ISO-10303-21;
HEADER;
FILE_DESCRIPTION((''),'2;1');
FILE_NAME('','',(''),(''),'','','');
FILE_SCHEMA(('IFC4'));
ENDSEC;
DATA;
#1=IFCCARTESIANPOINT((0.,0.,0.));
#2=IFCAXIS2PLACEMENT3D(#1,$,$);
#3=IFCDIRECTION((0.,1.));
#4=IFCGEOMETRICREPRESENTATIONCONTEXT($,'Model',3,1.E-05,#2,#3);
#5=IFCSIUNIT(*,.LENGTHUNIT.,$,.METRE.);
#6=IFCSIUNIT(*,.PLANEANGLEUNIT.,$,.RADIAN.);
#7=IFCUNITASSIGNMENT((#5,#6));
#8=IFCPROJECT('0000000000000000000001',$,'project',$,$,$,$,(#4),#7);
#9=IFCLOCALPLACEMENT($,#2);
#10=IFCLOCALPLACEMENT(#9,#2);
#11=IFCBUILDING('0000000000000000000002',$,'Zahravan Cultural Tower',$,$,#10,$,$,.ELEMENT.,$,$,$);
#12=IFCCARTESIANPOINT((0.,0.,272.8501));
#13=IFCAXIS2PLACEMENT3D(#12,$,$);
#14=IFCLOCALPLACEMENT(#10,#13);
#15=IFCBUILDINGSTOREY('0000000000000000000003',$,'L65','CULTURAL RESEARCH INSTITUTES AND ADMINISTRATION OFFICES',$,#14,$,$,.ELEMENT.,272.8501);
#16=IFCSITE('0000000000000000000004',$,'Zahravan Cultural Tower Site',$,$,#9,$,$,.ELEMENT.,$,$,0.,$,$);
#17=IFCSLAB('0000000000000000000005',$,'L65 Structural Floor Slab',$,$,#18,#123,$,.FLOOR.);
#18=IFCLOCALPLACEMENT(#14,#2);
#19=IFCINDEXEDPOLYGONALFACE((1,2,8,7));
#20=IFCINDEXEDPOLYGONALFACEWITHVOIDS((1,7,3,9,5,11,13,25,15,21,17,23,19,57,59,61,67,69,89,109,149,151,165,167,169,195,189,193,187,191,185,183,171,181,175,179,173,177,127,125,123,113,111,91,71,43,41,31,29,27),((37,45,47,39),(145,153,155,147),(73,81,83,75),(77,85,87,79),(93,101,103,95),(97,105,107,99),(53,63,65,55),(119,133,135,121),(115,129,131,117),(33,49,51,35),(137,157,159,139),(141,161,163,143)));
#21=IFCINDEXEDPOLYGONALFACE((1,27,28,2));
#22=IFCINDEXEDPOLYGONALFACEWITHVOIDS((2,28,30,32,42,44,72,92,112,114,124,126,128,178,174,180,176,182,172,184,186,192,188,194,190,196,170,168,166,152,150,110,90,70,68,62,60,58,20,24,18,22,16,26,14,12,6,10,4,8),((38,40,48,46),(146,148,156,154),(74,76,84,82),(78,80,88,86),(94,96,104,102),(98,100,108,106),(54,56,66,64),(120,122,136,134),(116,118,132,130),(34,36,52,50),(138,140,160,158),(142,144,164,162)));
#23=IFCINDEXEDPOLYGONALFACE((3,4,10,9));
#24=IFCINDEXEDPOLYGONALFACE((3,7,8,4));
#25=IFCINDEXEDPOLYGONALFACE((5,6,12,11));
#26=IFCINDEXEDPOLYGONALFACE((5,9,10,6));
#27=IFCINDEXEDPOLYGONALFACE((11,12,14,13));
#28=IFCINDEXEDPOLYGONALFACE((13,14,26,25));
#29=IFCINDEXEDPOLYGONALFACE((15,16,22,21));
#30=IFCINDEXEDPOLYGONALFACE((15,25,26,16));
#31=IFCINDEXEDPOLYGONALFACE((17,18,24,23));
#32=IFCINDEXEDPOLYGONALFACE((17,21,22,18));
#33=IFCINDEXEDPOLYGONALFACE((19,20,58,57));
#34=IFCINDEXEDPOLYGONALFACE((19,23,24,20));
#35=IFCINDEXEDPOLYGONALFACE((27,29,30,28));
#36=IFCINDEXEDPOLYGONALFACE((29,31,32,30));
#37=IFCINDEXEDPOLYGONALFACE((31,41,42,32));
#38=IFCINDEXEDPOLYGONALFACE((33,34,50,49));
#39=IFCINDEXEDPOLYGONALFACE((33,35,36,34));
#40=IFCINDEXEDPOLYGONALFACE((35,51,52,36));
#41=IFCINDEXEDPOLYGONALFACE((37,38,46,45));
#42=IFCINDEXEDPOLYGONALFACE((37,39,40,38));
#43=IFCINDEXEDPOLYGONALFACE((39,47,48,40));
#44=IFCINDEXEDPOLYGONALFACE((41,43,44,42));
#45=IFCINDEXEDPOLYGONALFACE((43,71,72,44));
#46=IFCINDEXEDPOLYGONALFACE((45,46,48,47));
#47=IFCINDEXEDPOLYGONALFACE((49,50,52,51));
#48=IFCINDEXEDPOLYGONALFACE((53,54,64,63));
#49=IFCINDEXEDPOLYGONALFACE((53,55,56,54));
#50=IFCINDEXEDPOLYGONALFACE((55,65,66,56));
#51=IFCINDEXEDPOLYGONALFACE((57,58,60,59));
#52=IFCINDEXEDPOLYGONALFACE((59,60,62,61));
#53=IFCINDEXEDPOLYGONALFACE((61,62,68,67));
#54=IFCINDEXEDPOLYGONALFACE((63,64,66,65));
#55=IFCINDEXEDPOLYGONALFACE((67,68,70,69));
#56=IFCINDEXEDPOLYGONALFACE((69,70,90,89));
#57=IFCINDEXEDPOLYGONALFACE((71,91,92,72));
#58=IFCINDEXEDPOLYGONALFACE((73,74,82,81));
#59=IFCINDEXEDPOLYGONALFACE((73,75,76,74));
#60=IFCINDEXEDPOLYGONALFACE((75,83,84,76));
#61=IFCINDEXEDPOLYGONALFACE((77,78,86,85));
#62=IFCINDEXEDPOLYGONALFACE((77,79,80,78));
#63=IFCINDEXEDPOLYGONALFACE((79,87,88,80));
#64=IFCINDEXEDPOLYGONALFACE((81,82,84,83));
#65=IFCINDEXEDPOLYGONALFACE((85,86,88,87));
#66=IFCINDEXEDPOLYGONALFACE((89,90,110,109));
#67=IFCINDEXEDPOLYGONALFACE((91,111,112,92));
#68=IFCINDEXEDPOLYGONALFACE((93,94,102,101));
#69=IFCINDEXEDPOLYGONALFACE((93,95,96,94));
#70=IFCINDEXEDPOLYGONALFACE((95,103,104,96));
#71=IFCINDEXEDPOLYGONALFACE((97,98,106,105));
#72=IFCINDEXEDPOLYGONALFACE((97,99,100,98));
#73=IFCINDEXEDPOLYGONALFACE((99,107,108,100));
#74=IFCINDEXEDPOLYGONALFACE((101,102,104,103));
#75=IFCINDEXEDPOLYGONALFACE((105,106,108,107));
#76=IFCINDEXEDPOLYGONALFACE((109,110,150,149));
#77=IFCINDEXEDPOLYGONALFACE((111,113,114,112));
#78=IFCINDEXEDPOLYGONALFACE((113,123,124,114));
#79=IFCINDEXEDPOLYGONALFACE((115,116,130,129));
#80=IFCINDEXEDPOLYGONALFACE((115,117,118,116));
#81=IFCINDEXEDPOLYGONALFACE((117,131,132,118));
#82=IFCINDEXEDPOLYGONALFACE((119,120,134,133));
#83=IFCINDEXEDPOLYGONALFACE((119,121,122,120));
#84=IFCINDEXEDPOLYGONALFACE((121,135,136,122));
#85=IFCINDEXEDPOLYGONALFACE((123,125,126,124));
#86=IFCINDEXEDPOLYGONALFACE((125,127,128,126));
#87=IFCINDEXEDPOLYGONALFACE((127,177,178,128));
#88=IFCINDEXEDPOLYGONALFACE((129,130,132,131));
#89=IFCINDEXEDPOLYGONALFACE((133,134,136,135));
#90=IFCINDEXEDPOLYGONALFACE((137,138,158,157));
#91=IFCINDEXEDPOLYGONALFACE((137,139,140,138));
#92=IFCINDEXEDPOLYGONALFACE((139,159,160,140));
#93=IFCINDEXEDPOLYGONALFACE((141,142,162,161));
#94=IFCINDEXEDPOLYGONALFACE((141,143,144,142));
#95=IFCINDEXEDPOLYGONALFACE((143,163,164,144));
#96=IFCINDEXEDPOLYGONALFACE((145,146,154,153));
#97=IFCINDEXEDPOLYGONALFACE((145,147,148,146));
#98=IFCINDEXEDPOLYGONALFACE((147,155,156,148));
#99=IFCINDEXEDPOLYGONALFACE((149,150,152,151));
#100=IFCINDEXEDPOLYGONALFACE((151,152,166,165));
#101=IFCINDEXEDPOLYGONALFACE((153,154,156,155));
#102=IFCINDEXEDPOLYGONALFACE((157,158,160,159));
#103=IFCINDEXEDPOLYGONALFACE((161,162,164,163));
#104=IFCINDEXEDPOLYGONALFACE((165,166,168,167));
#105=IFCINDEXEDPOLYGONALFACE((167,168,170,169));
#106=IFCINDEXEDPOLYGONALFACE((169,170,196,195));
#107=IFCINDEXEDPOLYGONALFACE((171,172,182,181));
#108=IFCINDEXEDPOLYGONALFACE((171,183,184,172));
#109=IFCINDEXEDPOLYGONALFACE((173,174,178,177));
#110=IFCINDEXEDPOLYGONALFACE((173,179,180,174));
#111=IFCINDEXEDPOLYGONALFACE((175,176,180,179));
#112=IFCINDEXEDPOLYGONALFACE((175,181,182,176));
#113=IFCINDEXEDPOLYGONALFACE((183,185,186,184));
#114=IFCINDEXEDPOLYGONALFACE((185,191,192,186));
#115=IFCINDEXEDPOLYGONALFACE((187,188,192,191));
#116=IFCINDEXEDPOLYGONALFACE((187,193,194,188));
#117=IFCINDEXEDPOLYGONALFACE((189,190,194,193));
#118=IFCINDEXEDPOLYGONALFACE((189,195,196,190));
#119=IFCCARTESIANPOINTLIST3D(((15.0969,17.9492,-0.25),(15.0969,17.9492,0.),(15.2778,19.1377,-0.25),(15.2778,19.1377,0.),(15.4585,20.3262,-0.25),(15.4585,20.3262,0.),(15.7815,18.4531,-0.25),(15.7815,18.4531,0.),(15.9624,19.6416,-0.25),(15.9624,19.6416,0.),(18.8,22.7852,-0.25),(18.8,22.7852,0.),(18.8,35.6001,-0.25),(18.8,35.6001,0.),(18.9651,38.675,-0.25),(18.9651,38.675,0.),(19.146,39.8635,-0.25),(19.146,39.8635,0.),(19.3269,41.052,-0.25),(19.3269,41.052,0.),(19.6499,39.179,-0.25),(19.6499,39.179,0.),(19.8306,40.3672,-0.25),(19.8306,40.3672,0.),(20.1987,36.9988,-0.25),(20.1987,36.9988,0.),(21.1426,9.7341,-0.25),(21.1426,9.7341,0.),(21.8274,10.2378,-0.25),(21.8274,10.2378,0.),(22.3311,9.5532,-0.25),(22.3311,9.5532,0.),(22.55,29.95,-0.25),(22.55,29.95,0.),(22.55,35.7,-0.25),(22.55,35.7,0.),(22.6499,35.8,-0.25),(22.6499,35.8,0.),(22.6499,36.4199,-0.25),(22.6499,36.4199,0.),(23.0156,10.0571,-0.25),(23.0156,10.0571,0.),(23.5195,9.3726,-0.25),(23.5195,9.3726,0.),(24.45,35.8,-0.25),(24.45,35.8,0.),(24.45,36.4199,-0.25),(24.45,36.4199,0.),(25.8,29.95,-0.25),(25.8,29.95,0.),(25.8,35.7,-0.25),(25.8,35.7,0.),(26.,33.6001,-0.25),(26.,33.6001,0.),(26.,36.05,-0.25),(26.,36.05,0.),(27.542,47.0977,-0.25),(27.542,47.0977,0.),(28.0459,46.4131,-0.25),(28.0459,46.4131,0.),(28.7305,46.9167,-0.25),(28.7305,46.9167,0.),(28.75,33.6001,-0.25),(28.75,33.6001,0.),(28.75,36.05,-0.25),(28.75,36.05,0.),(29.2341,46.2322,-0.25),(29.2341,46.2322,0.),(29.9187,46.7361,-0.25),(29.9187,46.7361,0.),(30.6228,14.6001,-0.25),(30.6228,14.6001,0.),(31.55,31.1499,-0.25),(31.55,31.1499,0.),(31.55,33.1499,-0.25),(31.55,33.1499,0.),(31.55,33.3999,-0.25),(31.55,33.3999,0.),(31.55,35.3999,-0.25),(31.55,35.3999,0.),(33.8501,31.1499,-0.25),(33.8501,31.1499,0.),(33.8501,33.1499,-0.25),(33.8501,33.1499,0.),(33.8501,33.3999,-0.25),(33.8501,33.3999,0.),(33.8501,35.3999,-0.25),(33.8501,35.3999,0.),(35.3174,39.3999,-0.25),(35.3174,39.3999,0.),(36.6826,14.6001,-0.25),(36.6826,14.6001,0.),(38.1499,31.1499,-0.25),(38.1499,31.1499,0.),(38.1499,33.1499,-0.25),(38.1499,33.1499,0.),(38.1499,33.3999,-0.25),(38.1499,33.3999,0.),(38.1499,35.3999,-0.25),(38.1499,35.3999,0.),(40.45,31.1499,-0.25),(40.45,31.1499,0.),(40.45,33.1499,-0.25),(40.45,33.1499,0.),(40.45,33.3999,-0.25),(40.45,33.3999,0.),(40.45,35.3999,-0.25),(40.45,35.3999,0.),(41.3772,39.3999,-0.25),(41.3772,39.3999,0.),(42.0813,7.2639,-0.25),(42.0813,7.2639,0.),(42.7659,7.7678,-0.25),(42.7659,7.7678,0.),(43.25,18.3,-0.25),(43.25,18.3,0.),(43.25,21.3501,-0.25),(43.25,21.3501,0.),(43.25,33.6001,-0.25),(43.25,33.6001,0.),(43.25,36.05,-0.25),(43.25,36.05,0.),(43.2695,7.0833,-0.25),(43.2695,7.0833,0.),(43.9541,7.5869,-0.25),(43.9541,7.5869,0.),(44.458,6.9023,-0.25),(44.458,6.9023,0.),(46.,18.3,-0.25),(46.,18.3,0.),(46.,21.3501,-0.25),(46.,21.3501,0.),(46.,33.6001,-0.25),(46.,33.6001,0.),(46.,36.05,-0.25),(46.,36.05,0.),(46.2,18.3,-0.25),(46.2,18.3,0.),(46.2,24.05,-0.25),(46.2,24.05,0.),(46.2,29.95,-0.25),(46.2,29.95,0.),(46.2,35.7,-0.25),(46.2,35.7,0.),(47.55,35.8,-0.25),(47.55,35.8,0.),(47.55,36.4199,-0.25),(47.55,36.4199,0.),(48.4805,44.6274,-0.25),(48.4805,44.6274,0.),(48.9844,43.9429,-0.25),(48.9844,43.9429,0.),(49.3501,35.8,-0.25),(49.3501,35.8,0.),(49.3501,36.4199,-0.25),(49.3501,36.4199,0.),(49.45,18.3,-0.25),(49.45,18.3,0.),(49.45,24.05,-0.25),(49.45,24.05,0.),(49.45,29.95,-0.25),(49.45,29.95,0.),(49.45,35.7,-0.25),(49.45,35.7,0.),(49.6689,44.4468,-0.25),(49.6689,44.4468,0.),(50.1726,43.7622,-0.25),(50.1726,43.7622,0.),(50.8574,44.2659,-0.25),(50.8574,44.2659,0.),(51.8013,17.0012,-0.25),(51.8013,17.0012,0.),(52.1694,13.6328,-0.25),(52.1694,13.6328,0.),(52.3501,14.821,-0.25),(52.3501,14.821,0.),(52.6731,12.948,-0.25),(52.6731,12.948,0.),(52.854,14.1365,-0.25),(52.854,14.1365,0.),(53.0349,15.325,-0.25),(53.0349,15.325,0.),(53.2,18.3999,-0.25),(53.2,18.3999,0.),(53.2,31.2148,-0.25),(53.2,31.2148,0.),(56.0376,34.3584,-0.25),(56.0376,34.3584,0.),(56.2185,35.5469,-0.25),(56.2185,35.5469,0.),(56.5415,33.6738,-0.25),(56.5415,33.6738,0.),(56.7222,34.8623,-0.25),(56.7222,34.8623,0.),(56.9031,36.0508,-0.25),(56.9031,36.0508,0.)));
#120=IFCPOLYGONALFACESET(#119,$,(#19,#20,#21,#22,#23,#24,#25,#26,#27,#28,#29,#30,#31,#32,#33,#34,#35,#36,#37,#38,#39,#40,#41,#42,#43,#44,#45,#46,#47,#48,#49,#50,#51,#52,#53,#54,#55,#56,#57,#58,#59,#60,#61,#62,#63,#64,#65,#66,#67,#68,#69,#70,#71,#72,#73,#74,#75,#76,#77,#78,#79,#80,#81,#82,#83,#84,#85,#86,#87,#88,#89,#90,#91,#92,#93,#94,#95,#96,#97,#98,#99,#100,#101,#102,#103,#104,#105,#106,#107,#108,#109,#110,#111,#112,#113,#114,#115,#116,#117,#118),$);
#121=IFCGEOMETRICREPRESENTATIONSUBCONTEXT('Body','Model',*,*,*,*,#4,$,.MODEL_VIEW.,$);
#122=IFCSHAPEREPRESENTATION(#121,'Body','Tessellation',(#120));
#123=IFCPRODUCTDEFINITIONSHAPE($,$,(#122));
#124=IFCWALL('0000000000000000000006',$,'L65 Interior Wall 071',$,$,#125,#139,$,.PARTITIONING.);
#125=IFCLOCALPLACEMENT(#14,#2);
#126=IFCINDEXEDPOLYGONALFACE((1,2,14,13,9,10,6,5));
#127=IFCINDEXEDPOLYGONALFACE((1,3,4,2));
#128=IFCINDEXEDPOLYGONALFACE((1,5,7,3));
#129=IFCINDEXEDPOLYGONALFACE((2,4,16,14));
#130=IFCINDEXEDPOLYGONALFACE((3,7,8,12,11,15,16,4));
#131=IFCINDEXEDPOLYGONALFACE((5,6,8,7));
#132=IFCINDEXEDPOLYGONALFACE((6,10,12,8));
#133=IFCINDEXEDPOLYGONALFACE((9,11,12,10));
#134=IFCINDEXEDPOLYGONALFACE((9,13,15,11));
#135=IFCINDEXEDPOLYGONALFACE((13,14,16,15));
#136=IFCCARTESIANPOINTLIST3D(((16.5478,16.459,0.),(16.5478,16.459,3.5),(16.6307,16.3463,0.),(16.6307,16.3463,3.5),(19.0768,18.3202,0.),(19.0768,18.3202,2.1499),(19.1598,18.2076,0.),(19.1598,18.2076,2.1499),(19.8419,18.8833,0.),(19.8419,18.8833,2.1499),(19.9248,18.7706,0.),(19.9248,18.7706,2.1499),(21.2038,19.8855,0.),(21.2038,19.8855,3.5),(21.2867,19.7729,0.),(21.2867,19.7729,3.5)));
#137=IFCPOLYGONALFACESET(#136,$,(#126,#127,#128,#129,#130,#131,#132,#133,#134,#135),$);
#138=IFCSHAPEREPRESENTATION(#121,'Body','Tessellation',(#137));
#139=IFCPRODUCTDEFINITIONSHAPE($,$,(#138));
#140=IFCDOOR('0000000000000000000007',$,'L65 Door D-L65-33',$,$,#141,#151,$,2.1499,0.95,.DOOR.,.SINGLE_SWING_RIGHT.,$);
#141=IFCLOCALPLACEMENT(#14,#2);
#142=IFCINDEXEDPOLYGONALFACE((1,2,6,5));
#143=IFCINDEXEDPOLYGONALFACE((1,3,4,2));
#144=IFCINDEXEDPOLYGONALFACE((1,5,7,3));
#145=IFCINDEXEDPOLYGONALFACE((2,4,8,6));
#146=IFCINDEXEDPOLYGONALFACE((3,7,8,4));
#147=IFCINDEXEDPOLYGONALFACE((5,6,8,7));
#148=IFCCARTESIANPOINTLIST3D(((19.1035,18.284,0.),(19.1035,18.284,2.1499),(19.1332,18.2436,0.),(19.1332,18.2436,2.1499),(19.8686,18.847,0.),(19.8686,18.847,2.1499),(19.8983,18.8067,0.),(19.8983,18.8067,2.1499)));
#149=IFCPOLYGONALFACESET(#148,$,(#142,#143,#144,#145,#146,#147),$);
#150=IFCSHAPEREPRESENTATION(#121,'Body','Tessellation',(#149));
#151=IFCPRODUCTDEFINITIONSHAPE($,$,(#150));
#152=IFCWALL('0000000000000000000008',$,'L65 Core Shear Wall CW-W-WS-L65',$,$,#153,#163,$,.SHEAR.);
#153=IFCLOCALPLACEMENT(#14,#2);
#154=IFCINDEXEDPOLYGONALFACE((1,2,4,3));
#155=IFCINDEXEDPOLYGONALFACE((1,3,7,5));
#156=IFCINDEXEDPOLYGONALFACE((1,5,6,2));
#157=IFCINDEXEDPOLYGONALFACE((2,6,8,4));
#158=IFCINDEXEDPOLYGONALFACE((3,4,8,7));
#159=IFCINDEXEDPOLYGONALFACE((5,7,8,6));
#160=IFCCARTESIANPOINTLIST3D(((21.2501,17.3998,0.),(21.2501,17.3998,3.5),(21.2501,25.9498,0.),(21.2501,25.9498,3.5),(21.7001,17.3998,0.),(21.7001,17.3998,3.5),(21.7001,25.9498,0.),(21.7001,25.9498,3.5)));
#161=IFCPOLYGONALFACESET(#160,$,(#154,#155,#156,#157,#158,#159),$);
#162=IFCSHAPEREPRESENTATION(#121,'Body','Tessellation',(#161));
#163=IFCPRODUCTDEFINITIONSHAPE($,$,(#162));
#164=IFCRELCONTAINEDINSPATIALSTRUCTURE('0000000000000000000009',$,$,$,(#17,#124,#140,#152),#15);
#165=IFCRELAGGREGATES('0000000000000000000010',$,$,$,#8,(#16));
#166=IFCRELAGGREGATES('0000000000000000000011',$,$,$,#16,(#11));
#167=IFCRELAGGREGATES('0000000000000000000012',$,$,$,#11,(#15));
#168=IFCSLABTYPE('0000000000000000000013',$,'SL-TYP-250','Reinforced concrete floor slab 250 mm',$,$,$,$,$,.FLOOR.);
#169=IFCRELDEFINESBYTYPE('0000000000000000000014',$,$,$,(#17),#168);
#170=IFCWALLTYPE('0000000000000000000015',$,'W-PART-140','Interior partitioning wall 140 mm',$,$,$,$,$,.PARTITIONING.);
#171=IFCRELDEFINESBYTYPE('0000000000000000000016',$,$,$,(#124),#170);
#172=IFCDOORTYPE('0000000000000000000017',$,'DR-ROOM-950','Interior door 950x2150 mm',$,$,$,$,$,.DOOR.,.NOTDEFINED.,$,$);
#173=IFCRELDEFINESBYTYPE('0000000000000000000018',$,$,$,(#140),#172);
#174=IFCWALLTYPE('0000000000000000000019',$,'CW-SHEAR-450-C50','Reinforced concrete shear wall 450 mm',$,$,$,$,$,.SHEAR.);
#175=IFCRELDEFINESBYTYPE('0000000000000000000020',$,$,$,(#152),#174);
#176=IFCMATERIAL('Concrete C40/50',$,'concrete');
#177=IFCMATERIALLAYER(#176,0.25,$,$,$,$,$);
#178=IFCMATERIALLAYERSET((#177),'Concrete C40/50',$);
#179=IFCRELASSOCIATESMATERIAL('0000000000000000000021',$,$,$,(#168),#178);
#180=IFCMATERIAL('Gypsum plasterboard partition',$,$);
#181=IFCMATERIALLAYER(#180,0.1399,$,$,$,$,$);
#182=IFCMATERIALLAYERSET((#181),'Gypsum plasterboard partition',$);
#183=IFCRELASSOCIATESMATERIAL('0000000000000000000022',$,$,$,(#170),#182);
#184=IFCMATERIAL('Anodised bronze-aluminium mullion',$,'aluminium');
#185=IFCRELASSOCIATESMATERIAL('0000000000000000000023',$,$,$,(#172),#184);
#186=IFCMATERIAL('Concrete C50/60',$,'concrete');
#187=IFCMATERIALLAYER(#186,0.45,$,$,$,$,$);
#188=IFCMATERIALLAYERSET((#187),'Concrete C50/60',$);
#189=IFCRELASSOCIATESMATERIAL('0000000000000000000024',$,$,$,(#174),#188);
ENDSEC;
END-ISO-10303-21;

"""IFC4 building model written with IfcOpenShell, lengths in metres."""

from ifc_helpers import new_model, si_unit, direction, frame, frame_2d, origin, place, context, subcontext, project, spatial, polyline, rectangle, outline, extrude, source, transform, mapped, material, layer, layer_set, type_object, element, fill, save


model = new_model("IFC4")

# Units and contexts
model_context = context("Model", 3, precision=1e-05, world=origin(), true_north=direction((0.0, 1.0)))
body_context = subcontext(model_context, "Body", "Model", "MODEL_VIEW")
ifc_project = project(units=[si_unit("LENGTHUNIT", "METRE"), si_unit("PLANEANGLEUNIT", "RADIAN")], contexts=[model_context])

# Site, building, storey
site_placement = place(None, origin())
site = spatial("IfcSite", under=ifc_project, at=site_placement, Name="Zahravan Cultural Tower Site", CompositionType="ELEMENT", RefElevation=0.0)
building_placement = place(site_placement, origin())
building = spatial("IfcBuilding", under=site, at=building_placement, Name="Zahravan Cultural Tower", CompositionType="ELEMENT")
storey_placement = place(building_placement, frame((0.0, 0.0, 272.8501)))
storey = spatial("IfcBuildingStorey", under=building, at=storey_placement, Name="L65", Description="CULTURAL RESEARCH INSTITUTES AND ADMINISTRATION OFFICES", CompositionType="ELEMENT", Elevation=272.8501)

# Shared definitions
ifc_material_1 = material(Name="Concrete C50/60", Category="concrete")

# Slab
ifc_material_2 = material(Name="Concrete C40/50", Category="concrete")
ifc_layer_1 = layer(ifc_material_2, 0.25)
ifc_layer_set_1 = layer_set([ifc_layer_1], Name="Concrete C40/50")
slab_type_1 = type_object("IfcSlabType", Name="SL-TYP-250", Description="Reinforced concrete floor slab 250 mm", PredefinedType="FLOOR", material=ifc_layer_set_1)
slab_1_placement = place(storey_placement, frame((0.0, 0.0, -0.25)))
element("IfcSlab", 1, at=slab_1_placement, inside=storey, type_object=slab_type_1, Name="L65 Structural Floor Slab", PredefinedType="FLOOR", context=body_context, shape_type="SweptSolid", body=[
    extrude(outline(polyline([(41.3772, 39.3999), (35.3174, 39.3999), (29.9187, 46.7361), (29.2341, 46.2322), (28.7305, 46.9167), (28.0459, 46.4131), (27.542, 47.0977), (19.3269, 41.052), (19.8306, 40.3672), (19.146, 39.8635), (19.6499, 39.179), (18.9651, 38.675), (20.1987, 36.9988), (18.8, 35.6001), (18.8, 22.7852), (15.4585, 20.3262), (15.9624, 19.6416), (15.2778, 19.1377), (15.7815, 18.4531), (15.0969, 17.9492), (21.1426, 9.7341), (21.8274, 10.2378), (22.3311, 9.5532), (23.0156, 10.0571), (23.5195, 9.3726), (30.6228, 14.6001), (36.6826, 14.6001), (42.0813, 7.2639), (42.7659, 7.7678), (43.2695, 7.0833), (43.9541, 7.5869), (44.458, 6.9023), (52.6731, 12.948), (52.1694, 13.6328), (52.854, 14.1365), (52.3501, 14.821), (53.0349, 15.325), (51.8013, 17.0012), (53.2, 18.3999), (53.2, 31.2148), (56.5415, 33.6738), (56.0376, 34.3584), (56.7222, 34.8623), (56.2185, 35.5469), (56.9031, 36.0508), (50.8574, 44.2659), (50.1726, 43.7622), (49.6689, 44.4468), (48.9844, 43.9429), (48.4805, 44.6274), (41.3772, 39.3999)]), holes=[polyline([(22.55, 29.95), (22.55, 35.7), (25.8, 35.7), (25.8, 29.95), (22.55, 29.95)]), polyline([(46.2, 29.95), (46.2, 35.7), (49.45, 35.7), (49.45, 29.95), (46.2, 29.95)]), polyline([(46.2, 18.3), (46.2, 24.05), (49.45, 24.05), (49.45, 18.3), (46.2, 18.3)]), polyline([(26.0, 33.6001), (26.0, 36.05), (28.75, 36.05), (28.75, 33.6001), (26.0, 33.6001)]), polyline([(43.25, 33.6001), (43.25, 36.05), (46.0, 36.05), (46.0, 33.6001), (43.25, 33.6001)]), polyline([(43.25, 18.3), (43.25, 21.3501), (46.0, 21.3501), (46.0, 18.3), (43.25, 18.3)]), polyline([(31.55, 33.3999), (31.55, 35.3999), (33.8501, 35.3999), (33.8501, 33.3999), (31.55, 33.3999)]), polyline([(31.55, 31.1499), (31.55, 33.1499), (33.8501, 33.1499), (33.8501, 31.1499), (31.55, 31.1499)]), polyline([(38.1499, 33.3999), (38.1499, 35.3999), (40.45, 35.3999), (40.45, 33.3999), (38.1499, 33.3999)]), polyline([(38.1499, 31.1499), (38.1499, 33.1499), (40.45, 33.1499), (40.45, 31.1499), (38.1499, 31.1499)]), polyline([(22.6499, 35.8), (22.6499, 36.4199), (24.45, 36.4199), (24.45, 35.8), (22.6499, 35.8)]), polyline([(47.55, 35.8), (47.55, 36.4199), (49.3501, 36.4199), (49.3501, 35.8), (47.55, 35.8)])]), origin(), (0.0, 0.0, 1.0), 0.25),
])

# Wall, opening, door
ifc_material_3 = material(Name="Gypsum plasterboard partition")
ifc_layer_2 = layer(ifc_material_3, 0.1399)
ifc_layer_set_2 = layer_set([ifc_layer_2], Name="Gypsum plasterboard partition")
wall_type_1 = type_object("IfcWallType", Name="W-PART-140", Description="Interior partitioning wall 140 mm", PredefinedType="PARTITIONING", material=ifc_layer_set_2)
wall_1_placement = place(storey_placement, frame((16.5891, 16.4026, 0.0), z_axis=(0.0, 0.0, 1.0), x_axis=(0.805405, 0.592725, 0.0)))
wall_1 = element("IfcWall", 2, at=wall_1_placement, inside=storey, type_object=wall_type_1, Name="L65 Interior Wall 071", PredefinedType="PARTITIONING", context=body_context, shape_type="SweptSolid", body=[
    extrude(rectangle(XDim=5.781, YDim=0.1399, at=frame_2d((2.8906, 0.0))), origin(), (0.0, 0.0, 1.0), 3.5),
])
opening_placement = place(wall_1_placement, frame((3.1401, 0.0, 0.0)))
opening = element("IfcOpeningElement", 3, at=opening_placement, cuts=wall_1, PredefinedType="OPENING", context=body_context, shape_type="SweptSolid", body=[
    extrude(rectangle(XDim=0.95, YDim=2.1499, at=frame_2d((0.4751, 1.075))), frame((0.0, 0.0798, 0.0), z_axis=(0.0, -1.0, 0.0), x_axis=(1.0, 0.0, 0.0)), (0.0, 0.0, 1.0), 0.1599),
])
ifc_material_4 = material(Name="Anodised bronze-aluminium mullion", Category="aluminium")
door_type = type_object("IfcDoorType", Name="DR-ROOM-950", Description="Interior door 950x2150 mm", OperationType="NOTDEFINED", PredefinedType="DOOR", material=ifc_material_4)
shared_shape_1 = source(origin(), body_context, "Body", "SweptSolid", [
    extrude(rectangle(XDim=0.95, YDim=2.1499, at=frame_2d((0.4751, 1.075))), frame((0.0, 0.0249, 0.0), z_axis=(0.0, -1.0, 0.0), x_axis=(1.0, 0.0, 0.0)), (0.0, 0.0, 1.0), 0.05),
])
door_placement = place(opening_placement, origin())
door = element("IfcDoor", 4, at=door_placement, inside=storey, type_object=door_type, Name="L65 Door D-L65-33", OperationType="SINGLE_SWING_RIGHT", OverallHeight=2.1499, OverallWidth=0.95, PredefinedType="DOOR", context=body_context, shape_type="MappedRepresentation", body=[
    mapped(shared_shape_1, transform((0.0, 0.0, 0.0), x_axis=(1.0, 0.0, 0.0), y_axis=(0.0, 1.0, 0.0), z_axis=(0.0, 0.0, 1.0), scale=1.0)),
])
fill(opening, door)

# Wall
ifc_layer_3 = layer(ifc_material_1, 0.45)
ifc_layer_set_3 = layer_set([ifc_layer_3], Name="Concrete C50/60")
wall_type_2 = type_object("IfcWallType", Name="CW-SHEAR-450-C50", Description="Reinforced concrete shear wall 450 mm", PredefinedType="SHEAR", material=ifc_layer_set_3)
shared_shape_2 = source(origin(), body_context, "Body", "SweptSolid", [
    extrude(rectangle(XDim=8.55, YDim=0.45, at=frame_2d((4.2749, 0.0))), origin(), (0.0, 0.0, 1.0), 3.5),
])
wall_2_placement = place(storey_placement, frame((21.4751, 17.3999, 0.0), z_axis=(0.0, 0.0, 1.0), x_axis=(0.0, 1.0, 0.0)))
element("IfcWall", 5, at=wall_2_placement, inside=storey, type_object=wall_type_2, Name="L65 Core Shear Wall CW-W-WS-L65", PredefinedType="SHEAR", context=body_context, shape_type="MappedRepresentation", body=[
    mapped(shared_shape_2, transform((0.0, 0.0, 0.0), x_axis=(1.0, 0.0, 0.0), y_axis=(0.0, 1.0, 0.0), z_axis=(0.0, 0.0, 1.0), scale=1.0)),
])

save(model, "model.ifc")
